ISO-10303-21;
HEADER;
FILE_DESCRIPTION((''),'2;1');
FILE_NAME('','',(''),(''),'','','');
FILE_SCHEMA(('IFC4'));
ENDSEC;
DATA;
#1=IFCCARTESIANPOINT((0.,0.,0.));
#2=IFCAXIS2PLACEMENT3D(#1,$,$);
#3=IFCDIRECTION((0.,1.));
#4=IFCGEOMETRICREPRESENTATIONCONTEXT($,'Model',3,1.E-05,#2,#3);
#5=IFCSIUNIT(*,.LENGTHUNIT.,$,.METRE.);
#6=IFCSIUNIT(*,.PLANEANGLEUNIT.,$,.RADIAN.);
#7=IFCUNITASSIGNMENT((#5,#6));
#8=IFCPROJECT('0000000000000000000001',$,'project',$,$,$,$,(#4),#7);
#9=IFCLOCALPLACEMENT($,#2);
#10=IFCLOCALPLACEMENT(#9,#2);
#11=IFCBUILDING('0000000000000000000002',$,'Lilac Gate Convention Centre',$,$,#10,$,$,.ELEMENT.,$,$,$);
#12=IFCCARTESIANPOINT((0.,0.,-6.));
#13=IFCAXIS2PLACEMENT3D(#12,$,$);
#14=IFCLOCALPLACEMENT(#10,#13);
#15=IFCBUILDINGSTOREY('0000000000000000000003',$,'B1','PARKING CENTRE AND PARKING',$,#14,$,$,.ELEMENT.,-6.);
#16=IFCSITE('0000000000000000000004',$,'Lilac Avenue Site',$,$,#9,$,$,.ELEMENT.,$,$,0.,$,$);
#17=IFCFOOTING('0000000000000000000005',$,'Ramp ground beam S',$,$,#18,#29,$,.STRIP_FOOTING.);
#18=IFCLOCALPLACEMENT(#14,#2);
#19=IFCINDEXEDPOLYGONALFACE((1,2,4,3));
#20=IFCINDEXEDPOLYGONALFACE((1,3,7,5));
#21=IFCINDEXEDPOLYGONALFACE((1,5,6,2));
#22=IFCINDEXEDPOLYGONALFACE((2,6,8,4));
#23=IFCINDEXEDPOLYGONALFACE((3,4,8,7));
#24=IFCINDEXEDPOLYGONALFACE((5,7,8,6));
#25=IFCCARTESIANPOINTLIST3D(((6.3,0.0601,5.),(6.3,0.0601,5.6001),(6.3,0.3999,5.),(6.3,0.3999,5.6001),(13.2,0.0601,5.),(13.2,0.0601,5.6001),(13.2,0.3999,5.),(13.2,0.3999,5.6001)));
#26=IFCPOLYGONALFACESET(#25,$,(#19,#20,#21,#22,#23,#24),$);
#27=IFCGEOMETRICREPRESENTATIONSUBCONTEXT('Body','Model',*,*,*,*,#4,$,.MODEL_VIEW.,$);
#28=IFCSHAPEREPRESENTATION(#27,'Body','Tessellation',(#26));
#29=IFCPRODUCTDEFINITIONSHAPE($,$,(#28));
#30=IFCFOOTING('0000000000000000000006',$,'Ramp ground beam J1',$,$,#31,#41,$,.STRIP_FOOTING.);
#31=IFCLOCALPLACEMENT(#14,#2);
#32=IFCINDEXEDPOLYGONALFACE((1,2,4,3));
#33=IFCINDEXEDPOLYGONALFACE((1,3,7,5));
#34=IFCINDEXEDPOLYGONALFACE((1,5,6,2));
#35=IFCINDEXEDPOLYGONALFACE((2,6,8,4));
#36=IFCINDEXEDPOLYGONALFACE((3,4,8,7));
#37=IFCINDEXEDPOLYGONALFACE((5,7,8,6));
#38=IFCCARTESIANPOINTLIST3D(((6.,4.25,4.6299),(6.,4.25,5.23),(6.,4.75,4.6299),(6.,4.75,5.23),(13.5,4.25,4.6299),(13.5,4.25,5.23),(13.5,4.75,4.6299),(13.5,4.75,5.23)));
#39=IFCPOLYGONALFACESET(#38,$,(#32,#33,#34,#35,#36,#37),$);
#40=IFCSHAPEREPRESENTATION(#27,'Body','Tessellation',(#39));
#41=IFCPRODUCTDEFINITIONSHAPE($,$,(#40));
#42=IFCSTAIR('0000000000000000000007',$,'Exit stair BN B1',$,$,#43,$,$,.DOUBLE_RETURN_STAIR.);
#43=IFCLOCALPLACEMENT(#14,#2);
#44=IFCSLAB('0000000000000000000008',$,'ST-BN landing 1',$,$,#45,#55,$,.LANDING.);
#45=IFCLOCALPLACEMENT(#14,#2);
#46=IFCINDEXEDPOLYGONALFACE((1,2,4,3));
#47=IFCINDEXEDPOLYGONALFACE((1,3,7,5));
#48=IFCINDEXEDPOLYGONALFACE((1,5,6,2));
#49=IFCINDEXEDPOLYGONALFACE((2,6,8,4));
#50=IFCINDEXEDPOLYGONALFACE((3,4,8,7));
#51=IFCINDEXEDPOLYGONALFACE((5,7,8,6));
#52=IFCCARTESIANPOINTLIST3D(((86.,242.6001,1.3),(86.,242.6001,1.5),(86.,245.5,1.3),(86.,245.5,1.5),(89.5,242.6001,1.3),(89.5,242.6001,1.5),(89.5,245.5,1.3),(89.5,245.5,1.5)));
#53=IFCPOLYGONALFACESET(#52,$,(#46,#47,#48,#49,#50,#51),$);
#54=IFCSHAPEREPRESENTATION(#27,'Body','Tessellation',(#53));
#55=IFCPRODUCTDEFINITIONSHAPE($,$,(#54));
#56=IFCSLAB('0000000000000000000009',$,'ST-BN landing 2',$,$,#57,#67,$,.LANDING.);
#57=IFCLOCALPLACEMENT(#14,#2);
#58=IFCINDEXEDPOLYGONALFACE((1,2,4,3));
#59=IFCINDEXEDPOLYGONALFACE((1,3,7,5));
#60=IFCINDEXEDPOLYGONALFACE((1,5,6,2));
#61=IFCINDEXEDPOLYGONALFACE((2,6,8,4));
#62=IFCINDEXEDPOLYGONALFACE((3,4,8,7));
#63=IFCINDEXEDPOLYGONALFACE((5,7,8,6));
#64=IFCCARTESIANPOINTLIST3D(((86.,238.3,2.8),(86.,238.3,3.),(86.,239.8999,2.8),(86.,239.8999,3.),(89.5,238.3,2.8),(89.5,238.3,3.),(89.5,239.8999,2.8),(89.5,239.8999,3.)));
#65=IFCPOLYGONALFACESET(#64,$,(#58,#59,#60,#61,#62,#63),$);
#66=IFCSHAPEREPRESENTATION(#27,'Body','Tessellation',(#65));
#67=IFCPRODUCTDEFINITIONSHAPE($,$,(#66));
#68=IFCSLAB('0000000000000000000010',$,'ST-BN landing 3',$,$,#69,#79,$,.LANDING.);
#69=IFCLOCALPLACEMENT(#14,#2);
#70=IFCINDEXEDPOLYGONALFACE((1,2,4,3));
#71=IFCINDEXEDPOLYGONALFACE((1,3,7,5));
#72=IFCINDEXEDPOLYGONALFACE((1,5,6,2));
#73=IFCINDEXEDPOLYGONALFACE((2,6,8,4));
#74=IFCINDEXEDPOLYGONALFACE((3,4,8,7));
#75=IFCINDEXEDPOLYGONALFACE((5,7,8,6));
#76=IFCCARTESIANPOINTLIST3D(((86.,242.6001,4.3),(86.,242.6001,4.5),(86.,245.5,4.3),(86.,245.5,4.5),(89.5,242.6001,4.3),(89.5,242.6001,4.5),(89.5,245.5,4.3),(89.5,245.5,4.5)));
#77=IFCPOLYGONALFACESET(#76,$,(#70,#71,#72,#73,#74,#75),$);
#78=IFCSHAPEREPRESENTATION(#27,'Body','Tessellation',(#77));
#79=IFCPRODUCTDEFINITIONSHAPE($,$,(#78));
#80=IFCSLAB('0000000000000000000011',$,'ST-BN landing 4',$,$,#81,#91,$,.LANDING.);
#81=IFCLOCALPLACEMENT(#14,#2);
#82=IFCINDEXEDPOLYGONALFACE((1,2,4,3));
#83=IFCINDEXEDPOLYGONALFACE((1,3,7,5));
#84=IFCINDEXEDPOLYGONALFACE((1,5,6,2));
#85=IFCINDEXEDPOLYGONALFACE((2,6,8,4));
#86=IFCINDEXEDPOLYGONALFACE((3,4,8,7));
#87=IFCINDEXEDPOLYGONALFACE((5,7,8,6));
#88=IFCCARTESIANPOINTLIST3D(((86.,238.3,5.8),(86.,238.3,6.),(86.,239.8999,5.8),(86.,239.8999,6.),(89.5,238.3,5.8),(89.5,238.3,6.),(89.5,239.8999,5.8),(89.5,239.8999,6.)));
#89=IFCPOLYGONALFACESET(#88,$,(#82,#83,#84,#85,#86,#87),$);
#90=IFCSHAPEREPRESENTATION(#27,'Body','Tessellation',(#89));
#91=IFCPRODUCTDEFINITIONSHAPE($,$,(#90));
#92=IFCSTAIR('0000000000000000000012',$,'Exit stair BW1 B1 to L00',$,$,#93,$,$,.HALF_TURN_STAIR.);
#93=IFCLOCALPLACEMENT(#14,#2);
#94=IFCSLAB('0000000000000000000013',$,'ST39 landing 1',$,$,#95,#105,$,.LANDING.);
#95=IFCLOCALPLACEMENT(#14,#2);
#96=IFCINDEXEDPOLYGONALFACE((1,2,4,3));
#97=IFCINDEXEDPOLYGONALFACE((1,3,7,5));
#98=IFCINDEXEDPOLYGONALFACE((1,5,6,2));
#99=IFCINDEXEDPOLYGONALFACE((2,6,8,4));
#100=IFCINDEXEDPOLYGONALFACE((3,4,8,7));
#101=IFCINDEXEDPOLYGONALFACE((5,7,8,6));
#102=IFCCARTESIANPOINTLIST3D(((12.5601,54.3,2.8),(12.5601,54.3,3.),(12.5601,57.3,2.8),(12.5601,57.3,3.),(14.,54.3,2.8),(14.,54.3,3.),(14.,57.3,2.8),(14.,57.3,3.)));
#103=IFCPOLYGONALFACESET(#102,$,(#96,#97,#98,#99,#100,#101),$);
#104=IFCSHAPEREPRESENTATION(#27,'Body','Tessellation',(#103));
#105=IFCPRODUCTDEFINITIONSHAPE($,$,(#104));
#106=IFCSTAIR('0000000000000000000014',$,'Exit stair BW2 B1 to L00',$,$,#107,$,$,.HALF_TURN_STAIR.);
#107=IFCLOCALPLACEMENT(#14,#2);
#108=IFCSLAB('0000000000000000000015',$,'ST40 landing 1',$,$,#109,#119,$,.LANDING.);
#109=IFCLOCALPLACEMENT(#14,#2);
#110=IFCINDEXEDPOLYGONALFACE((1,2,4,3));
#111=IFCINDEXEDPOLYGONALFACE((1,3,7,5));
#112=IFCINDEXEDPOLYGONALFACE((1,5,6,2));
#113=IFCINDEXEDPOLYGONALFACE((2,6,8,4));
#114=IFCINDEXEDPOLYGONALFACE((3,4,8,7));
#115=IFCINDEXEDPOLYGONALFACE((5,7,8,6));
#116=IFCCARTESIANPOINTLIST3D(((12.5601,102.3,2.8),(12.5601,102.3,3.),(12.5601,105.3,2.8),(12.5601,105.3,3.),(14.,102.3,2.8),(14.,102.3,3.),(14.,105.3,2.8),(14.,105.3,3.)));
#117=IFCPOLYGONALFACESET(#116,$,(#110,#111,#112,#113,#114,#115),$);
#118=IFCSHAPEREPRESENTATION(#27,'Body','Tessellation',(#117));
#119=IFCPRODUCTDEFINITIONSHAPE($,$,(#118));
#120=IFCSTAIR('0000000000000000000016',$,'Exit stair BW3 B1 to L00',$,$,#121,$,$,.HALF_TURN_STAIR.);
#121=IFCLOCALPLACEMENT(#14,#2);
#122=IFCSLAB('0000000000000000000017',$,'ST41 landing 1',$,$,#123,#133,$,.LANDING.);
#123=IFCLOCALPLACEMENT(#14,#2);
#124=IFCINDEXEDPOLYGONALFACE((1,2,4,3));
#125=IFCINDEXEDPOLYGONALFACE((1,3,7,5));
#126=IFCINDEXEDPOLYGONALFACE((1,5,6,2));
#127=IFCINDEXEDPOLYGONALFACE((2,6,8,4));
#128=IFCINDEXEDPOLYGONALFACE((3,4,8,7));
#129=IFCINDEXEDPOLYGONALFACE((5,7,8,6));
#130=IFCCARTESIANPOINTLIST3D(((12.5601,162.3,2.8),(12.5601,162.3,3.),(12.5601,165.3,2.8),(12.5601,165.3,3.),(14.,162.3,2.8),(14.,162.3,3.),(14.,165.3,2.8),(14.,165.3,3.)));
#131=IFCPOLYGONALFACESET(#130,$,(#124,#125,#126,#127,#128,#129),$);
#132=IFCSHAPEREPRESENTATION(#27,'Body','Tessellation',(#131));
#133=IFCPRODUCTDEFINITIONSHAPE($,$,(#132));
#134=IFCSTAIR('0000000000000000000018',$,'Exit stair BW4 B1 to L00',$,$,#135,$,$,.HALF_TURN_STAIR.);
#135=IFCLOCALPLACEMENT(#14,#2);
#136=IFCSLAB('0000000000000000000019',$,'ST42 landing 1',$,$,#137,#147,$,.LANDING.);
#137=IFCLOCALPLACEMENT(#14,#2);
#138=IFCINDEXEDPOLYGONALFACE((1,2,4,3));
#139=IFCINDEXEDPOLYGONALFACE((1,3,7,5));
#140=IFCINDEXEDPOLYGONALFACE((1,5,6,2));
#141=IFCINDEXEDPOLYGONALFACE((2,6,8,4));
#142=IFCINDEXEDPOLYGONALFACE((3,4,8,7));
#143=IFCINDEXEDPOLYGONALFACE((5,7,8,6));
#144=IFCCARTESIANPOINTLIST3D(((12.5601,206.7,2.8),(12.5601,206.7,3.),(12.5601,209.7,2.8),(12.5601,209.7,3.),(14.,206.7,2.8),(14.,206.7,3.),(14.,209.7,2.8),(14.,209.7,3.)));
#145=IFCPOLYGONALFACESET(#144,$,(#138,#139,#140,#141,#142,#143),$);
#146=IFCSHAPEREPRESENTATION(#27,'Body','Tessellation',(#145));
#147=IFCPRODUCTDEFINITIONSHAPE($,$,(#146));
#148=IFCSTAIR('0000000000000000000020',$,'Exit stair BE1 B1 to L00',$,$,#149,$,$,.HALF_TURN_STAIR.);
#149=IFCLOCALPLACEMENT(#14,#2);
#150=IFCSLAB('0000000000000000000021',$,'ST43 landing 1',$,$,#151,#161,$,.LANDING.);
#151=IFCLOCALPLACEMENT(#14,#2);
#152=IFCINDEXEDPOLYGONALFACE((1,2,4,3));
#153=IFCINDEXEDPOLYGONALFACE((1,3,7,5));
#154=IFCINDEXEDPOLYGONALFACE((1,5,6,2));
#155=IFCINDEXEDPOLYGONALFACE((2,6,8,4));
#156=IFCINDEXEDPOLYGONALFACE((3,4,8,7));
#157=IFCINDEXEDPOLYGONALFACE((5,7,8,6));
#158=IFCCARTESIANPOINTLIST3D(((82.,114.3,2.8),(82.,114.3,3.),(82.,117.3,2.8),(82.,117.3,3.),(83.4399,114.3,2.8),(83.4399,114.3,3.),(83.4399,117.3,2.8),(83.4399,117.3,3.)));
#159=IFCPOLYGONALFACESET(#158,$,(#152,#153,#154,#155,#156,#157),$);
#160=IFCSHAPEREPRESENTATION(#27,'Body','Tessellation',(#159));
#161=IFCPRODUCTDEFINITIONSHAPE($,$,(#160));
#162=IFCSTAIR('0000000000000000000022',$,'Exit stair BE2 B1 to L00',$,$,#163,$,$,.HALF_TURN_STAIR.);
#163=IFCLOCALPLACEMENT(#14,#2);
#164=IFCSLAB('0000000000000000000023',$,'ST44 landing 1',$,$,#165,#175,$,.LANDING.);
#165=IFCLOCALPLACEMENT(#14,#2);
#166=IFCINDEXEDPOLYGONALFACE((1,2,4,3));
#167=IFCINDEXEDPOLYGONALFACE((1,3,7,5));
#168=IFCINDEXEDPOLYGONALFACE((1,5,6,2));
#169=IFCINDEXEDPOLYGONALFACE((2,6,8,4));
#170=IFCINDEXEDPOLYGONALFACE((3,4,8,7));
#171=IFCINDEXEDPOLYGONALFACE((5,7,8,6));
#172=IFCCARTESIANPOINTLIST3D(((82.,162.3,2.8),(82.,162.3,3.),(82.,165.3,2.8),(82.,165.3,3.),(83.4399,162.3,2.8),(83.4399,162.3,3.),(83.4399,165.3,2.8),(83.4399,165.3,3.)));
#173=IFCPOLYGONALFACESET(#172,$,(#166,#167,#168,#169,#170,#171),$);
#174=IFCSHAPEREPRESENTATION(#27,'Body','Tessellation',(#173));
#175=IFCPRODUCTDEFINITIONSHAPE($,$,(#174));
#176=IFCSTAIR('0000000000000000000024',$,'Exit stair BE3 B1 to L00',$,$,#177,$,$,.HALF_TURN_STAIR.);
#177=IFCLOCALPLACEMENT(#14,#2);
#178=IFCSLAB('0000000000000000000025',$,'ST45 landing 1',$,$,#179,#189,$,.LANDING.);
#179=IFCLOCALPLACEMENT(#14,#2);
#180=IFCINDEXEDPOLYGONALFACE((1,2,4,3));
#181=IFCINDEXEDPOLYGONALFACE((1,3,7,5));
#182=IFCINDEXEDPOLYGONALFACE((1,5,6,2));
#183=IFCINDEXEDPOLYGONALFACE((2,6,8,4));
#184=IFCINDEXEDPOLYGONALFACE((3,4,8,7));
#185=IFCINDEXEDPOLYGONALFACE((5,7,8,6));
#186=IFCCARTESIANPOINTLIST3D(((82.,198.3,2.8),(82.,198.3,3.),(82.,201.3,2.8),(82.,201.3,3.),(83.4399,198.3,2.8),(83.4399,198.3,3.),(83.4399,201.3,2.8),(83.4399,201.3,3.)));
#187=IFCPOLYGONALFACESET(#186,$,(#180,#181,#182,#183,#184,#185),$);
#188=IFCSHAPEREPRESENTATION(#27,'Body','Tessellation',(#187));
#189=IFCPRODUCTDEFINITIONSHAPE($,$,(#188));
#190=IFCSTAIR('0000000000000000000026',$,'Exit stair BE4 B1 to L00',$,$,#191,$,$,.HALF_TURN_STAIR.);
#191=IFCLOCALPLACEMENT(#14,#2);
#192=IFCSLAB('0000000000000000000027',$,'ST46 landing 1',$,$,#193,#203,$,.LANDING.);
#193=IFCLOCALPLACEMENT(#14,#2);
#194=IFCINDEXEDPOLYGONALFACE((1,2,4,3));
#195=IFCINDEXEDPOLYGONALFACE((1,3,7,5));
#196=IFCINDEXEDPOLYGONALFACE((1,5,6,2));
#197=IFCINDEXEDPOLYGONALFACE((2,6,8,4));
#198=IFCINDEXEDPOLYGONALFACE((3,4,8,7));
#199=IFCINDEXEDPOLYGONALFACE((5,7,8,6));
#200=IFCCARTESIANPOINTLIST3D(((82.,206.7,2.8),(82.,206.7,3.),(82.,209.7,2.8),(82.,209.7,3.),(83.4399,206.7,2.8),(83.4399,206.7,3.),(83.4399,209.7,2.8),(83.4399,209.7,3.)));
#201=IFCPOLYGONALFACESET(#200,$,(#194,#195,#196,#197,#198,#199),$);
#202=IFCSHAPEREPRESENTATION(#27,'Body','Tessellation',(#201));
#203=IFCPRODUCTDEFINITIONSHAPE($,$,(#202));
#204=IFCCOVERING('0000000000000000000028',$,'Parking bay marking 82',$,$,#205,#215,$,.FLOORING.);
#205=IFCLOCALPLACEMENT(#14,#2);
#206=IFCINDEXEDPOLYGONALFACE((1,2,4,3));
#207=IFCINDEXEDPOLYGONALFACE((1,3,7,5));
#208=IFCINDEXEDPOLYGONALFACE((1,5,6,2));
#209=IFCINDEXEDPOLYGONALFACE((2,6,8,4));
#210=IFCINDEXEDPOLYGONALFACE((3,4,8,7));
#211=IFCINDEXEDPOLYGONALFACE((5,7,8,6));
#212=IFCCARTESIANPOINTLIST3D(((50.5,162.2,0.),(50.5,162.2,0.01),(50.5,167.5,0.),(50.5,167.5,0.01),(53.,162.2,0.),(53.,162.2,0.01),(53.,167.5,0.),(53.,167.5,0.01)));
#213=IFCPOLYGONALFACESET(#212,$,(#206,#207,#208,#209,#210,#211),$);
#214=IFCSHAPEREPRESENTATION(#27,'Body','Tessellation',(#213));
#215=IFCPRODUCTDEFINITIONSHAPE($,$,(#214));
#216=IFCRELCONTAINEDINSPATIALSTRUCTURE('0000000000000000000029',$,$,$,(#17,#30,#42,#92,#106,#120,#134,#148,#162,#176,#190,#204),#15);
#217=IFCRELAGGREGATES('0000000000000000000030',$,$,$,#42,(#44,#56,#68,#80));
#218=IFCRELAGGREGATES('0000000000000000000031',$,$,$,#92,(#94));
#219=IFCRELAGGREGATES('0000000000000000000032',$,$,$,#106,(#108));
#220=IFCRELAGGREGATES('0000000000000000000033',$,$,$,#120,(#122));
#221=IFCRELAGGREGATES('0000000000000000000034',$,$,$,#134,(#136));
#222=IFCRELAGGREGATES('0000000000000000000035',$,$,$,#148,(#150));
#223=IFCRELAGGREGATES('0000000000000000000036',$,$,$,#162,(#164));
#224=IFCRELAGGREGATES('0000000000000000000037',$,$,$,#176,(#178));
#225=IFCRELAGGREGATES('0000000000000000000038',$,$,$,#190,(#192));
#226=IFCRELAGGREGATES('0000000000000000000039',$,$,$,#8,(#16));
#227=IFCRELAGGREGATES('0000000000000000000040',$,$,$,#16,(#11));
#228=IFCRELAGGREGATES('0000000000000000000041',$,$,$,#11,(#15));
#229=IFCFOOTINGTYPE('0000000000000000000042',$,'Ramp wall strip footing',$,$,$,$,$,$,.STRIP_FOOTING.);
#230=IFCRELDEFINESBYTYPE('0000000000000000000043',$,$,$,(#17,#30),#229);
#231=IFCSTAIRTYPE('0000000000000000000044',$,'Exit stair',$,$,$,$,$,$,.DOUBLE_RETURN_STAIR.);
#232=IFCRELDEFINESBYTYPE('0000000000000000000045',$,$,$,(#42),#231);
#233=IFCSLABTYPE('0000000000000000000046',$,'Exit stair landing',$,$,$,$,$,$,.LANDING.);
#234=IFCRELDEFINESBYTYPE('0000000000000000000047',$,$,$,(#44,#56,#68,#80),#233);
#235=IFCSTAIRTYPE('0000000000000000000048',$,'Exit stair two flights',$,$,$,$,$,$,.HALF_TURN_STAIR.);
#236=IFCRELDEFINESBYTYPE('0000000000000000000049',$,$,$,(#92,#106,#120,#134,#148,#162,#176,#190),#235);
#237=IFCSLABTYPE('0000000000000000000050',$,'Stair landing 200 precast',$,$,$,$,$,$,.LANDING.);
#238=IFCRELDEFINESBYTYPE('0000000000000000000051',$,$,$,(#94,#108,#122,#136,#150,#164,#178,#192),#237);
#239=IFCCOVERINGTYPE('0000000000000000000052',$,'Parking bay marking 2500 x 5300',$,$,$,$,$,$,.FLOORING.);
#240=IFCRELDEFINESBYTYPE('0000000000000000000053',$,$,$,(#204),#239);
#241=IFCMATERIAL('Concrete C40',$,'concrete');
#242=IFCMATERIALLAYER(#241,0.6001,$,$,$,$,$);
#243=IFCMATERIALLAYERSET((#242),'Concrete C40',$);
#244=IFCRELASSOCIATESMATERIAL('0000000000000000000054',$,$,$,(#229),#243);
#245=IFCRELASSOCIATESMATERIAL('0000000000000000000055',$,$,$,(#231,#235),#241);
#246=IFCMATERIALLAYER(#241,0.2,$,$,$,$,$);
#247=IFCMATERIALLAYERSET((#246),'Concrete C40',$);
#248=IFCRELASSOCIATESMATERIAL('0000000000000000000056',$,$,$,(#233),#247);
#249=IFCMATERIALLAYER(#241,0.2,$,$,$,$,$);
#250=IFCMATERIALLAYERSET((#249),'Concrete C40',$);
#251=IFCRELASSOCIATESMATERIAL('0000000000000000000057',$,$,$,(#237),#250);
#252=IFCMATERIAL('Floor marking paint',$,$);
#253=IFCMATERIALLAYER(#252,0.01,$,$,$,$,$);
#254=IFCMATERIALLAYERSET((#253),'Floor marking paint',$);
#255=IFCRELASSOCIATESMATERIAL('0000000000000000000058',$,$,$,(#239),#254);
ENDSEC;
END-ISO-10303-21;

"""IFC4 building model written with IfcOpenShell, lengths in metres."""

from ifc_helpers import new_model, si_unit, direction, frame, origin, place, context, subcontext, project, spatial, polyline, outline, extrude, material, layer, layer_set, type_object, element, aggregate, save


model = new_model("IFC4")

# Units and contexts
model_context = context("Model", 3, precision=1e-05, world=origin(), true_north=direction((0.0, 1.0)))
body_context = subcontext(model_context, "Body", "Model", "MODEL_VIEW")
ifc_project = project(units=[si_unit("LENGTHUNIT", "METRE"), si_unit("PLANEANGLEUNIT", "RADIAN")], contexts=[model_context])

# Site, building, storey
site_placement = place(None, origin())
site = spatial("IfcSite", under=ifc_project, at=site_placement, Name="Lilac Avenue Site", CompositionType="ELEMENT", RefElevation=0.0)
building_placement = place(site_placement, origin())
building = spatial("IfcBuilding", under=site, at=building_placement, Name="Lilac Gate Convention Centre", CompositionType="ELEMENT")
storey_placement = place(building_placement, frame((0.0, 0.0, -6.0)))
storey = spatial("IfcBuildingStorey", under=building, at=storey_placement, Name="B1", Description="PARKING CENTRE AND PARKING", CompositionType="ELEMENT", Elevation=-6.0)

# Footings
ifc_material_1 = material(Name="Concrete C40", Category="concrete")
ifc_layer_1 = layer(ifc_material_1, 0.6001)
ifc_layer_set_1 = layer_set([ifc_layer_1], Name="Concrete C40")
footing_type = type_object("IfcFootingType", Name="Ramp wall strip footing", PredefinedType="STRIP_FOOTING", material=ifc_layer_set_1)
footing_1_placement = place(storey_placement, frame((0.0, 0.0, 5.0)))
element("IfcFooting", 1, at=footing_1_placement, inside=storey, type_object=footing_type, Name="Ramp ground beam S", PredefinedType="STRIP_FOOTING", context=body_context, shape_type="SweptSolid", body=[
    extrude(outline(polyline([(6.3, 0.0601), (13.2, 0.0601), (13.2, 0.3999), (6.3, 0.3999), (6.3, 0.0601)])), origin(), (0.0, 0.0, 1.0), 0.6001),
])
footing_2_placement = place(storey_placement, frame((0.0, 0.0, 4.6299)))
element("IfcFooting", 2, at=footing_2_placement, inside=storey, type_object=footing_type, Name="Ramp ground beam J1", PredefinedType="STRIP_FOOTING", context=body_context, shape_type="SweptSolid", body=[
    extrude(outline(polyline([(6.0, 4.25), (13.5, 4.25), (13.5, 4.75), (6.0, 4.75), (6.0, 4.25)])), origin(), (0.0, 0.0, 1.0), 0.6001),
])

# Stair, slabs
stair_type_1 = type_object("IfcStairType", Name="Exit stair", PredefinedType="DOUBLE_RETURN_STAIR", material=ifc_material_1)
stair_1_placement = place(storey_placement, origin())
stair_1 = element("IfcStair", 3, at=stair_1_placement, inside=storey, type_object=stair_type_1, Name="Exit stair BN B1", PredefinedType="DOUBLE_RETURN_STAIR")
ifc_layer_2 = layer(ifc_material_1, 0.2)
ifc_layer_set_2 = layer_set([ifc_layer_2], Name="Concrete C40")
slab_type_1 = type_object("IfcSlabType", Name="Exit stair landing", PredefinedType="LANDING", material=ifc_layer_set_2)
slab_1_placement = place(storey_placement, frame((0.0, 0.0, 1.3)))
slab_1 = element("IfcSlab", 4, at=slab_1_placement, type_object=slab_type_1, Name="ST-BN landing 1", PredefinedType="LANDING", context=body_context, shape_type="SweptSolid", body=[
    extrude(outline(polyline([(86.0, 242.6001), (89.5, 242.6001), (89.5, 245.5), (86.0, 245.5), (86.0, 242.6001)])), origin(), (0.0, 0.0, 1.0), 0.2),
])
slab_2_placement = place(storey_placement, frame((0.0, 0.0, 2.8)))
slab_2 = element("IfcSlab", 5, at=slab_2_placement, type_object=slab_type_1, Name="ST-BN landing 2", PredefinedType="LANDING", context=body_context, shape_type="SweptSolid", body=[
    extrude(outline(polyline([(86.0, 238.3), (89.5, 238.3), (89.5, 239.8999), (86.0, 239.8999), (86.0, 238.3)])), origin(), (0.0, 0.0, 1.0), 0.2),
])
slab_3_placement = place(storey_placement, frame((0.0, 0.0, 4.3)))
slab_3 = element("IfcSlab", 6, at=slab_3_placement, type_object=slab_type_1, Name="ST-BN landing 3", PredefinedType="LANDING", context=body_context, shape_type="SweptSolid", body=[
    extrude(outline(polyline([(86.0, 242.6001), (89.5, 242.6001), (89.5, 245.5), (86.0, 245.5), (86.0, 242.6001)])), origin(), (0.0, 0.0, 1.0), 0.2),
])
slab_4_placement = place(storey_placement, frame((0.0, 0.0, 5.8)))
slab_4 = element("IfcSlab", 7, at=slab_4_placement, type_object=slab_type_1, Name="ST-BN landing 4", PredefinedType="LANDING", context=body_context, shape_type="SweptSolid", body=[
    extrude(outline(polyline([(86.0, 238.3), (89.5, 238.3), (89.5, 239.8999), (86.0, 239.8999), (86.0, 238.3)])), origin(), (0.0, 0.0, 1.0), 0.2),
])
aggregate(stair_1, [slab_1, slab_2, slab_3, slab_4])

# Stairs, slabs
stair_type_2 = type_object("IfcStairType", Name="Exit stair two flights", PredefinedType="HALF_TURN_STAIR", material=ifc_material_1)
stair_2_placement = place(storey_placement, origin())
stair_2 = element("IfcStair", 8, at=stair_2_placement, inside=storey, type_object=stair_type_2, Name="Exit stair BW1 B1 to L00", PredefinedType="HALF_TURN_STAIR")
ifc_layer_3 = layer(ifc_material_1, 0.2)
ifc_layer_set_3 = layer_set([ifc_layer_3], Name="Concrete C40")
slab_type_2 = type_object("IfcSlabType", Name="Stair landing 200 precast", PredefinedType="LANDING", material=ifc_layer_set_3)
slab_5_placement = place(storey_placement, frame((0.0, 0.0, 2.8)))
slab_5 = element("IfcSlab", 9, at=slab_5_placement, type_object=slab_type_2, Name="ST39 landing 1", PredefinedType="LANDING", context=body_context, shape_type="SweptSolid", body=[
    extrude(outline(polyline([(12.5601, 54.3), (14.0, 54.3), (14.0, 57.3), (12.5601, 57.3), (12.5601, 54.3)])), origin(), (0.0, 0.0, 1.0), 0.2),
])
aggregate(stair_2, [slab_5])
stair_3_placement = place(storey_placement, origin())
stair_3 = element("IfcStair", 10, at=stair_3_placement, inside=storey, type_object=stair_type_2, Name="Exit stair BW2 B1 to L00", PredefinedType="HALF_TURN_STAIR")
slab_6_placement = place(storey_placement, frame((0.0, 0.0, 2.8)))
slab_6 = element("IfcSlab", 11, at=slab_6_placement, type_object=slab_type_2, Name="ST40 landing 1", PredefinedType="LANDING", context=body_context, shape_type="SweptSolid", body=[
    extrude(outline(polyline([(12.5601, 102.3), (14.0, 102.3), (14.0, 105.3), (12.5601, 105.3), (12.5601, 102.3)])), origin(), (0.0, 0.0, 1.0), 0.2),
])
aggregate(stair_3, [slab_6])
stair_4_placement = place(storey_placement, origin())
stair_4 = element("IfcStair", 12, at=stair_4_placement, inside=storey, type_object=stair_type_2, Name="Exit stair BW3 B1 to L00", PredefinedType="HALF_TURN_STAIR")
slab_7_placement = place(storey_placement, frame((0.0, 0.0, 2.8)))
slab_7 = element("IfcSlab", 13, at=slab_7_placement, type_object=slab_type_2, Name="ST41 landing 1", PredefinedType="LANDING", context=body_context, shape_type="SweptSolid", body=[
    extrude(outline(polyline([(12.5601, 162.3), (14.0, 162.3), (14.0, 165.3), (12.5601, 165.3), (12.5601, 162.3)])), origin(), (0.0, 0.0, 1.0), 0.2),
])
aggregate(stair_4, [slab_7])
stair_5_placement = place(storey_placement, origin())
stair_5 = element("IfcStair", 14, at=stair_5_placement, inside=storey, type_object=stair_type_2, Name="Exit stair BW4 B1 to L00", PredefinedType="HALF_TURN_STAIR")
slab_8_placement = place(storey_placement, frame((0.0, 0.0, 2.8)))
slab_8 = element("IfcSlab", 15, at=slab_8_placement, type_object=slab_type_2, Name="ST42 landing 1", PredefinedType="LANDING", context=body_context, shape_type="SweptSolid", body=[
    extrude(outline(polyline([(12.5601, 206.7), (14.0, 206.7), (14.0, 209.7), (12.5601, 209.7), (12.5601, 206.7)])), origin(), (0.0, 0.0, 1.0), 0.2),
])
aggregate(stair_5, [slab_8])
stair_6_placement = place(storey_placement, origin())
stair_6 = element("IfcStair", 16, at=stair_6_placement, inside=storey, type_object=stair_type_2, Name="Exit stair BE1 B1 to L00", PredefinedType="HALF_TURN_STAIR")
slab_9_placement = place(storey_placement, frame((0.0, 0.0, 2.8)))
slab_9 = element("IfcSlab", 17, at=slab_9_placement, type_object=slab_type_2, Name="ST43 landing 1", PredefinedType="LANDING", context=body_context, shape_type="SweptSolid", body=[
    extrude(outline(polyline([(82.0, 114.3), (83.4399, 114.3), (83.4399, 117.3), (82.0, 117.3), (82.0, 114.3)])), origin(), (0.0, 0.0, 1.0), 0.2),
])
aggregate(stair_6, [slab_9])
stair_7_placement = place(storey_placement, origin())
stair_7 = element("IfcStair", 18, at=stair_7_placement, inside=storey, type_object=stair_type_2, Name="Exit stair BE2 B1 to L00", PredefinedType="HALF_TURN_STAIR")
slab_10_placement = place(storey_placement, frame((0.0, 0.0, 2.8)))
slab_10 = element("IfcSlab", 19, at=slab_10_placement, type_object=slab_type_2, Name="ST44 landing 1", PredefinedType="LANDING", context=body_context, shape_type="SweptSolid", body=[
    extrude(outline(polyline([(82.0, 162.3), (83.4399, 162.3), (83.4399, 165.3), (82.0, 165.3), (82.0, 162.3)])), origin(), (0.0, 0.0, 1.0), 0.2),
])
aggregate(stair_7, [slab_10])
stair_8_placement = place(storey_placement, origin())
stair_8 = element("IfcStair", 20, at=stair_8_placement, inside=storey, type_object=stair_type_2, Name="Exit stair BE3 B1 to L00", PredefinedType="HALF_TURN_STAIR")
slab_11_placement = place(storey_placement, frame((0.0, 0.0, 2.8)))
slab_11 = element("IfcSlab", 21, at=slab_11_placement, type_object=slab_type_2, Name="ST45 landing 1", PredefinedType="LANDING", context=body_context, shape_type="SweptSolid", body=[
    extrude(outline(polyline([(82.0, 198.3), (83.4399, 198.3), (83.4399, 201.3), (82.0, 201.3), (82.0, 198.3)])), origin(), (0.0, 0.0, 1.0), 0.2),
])
aggregate(stair_8, [slab_11])
stair_9_placement = place(storey_placement, origin())
stair_9 = element("IfcStair", 22, at=stair_9_placement, inside=storey, type_object=stair_type_2, Name="Exit stair BE4 B1 to L00", PredefinedType="HALF_TURN_STAIR")
slab_12_placement = place(storey_placement, frame((0.0, 0.0, 2.8)))
slab_12 = element("IfcSlab", 23, at=slab_12_placement, type_object=slab_type_2, Name="ST46 landing 1", PredefinedType="LANDING", context=body_context, shape_type="SweptSolid", body=[
    extrude(outline(polyline([(82.0, 206.7), (83.4399, 206.7), (83.4399, 209.7), (82.0, 209.7), (82.0, 206.7)])), origin(), (0.0, 0.0, 1.0), 0.2),
])
aggregate(stair_9, [slab_12])

# Covering
ifc_material_2 = material(Name="Floor marking paint")
ifc_layer_4 = layer(ifc_material_2, 0.01)
ifc_layer_set_4 = layer_set([ifc_layer_4], Name="Floor marking paint")
covering_type = type_object("IfcCoveringType", Name="Parking bay marking 2500 x 5300", PredefinedType="FLOORING", material=ifc_layer_set_4)
covering_1_placement = place(storey_placement, origin())
element("IfcCovering", 24, at=covering_1_placement, inside=storey, type_object=covering_type, Name="Parking bay marking 82", PredefinedType="FLOORING", context=body_context, shape_type="SweptSolid", body=[
    extrude(outline(polyline([(50.5, 162.2), (53.0, 162.2), (53.0, 167.5), (50.5, 167.5), (50.5, 162.2)])), origin(), (0.0, 0.0, 1.0), 0.01),
])

save(model, "model.ifc")
